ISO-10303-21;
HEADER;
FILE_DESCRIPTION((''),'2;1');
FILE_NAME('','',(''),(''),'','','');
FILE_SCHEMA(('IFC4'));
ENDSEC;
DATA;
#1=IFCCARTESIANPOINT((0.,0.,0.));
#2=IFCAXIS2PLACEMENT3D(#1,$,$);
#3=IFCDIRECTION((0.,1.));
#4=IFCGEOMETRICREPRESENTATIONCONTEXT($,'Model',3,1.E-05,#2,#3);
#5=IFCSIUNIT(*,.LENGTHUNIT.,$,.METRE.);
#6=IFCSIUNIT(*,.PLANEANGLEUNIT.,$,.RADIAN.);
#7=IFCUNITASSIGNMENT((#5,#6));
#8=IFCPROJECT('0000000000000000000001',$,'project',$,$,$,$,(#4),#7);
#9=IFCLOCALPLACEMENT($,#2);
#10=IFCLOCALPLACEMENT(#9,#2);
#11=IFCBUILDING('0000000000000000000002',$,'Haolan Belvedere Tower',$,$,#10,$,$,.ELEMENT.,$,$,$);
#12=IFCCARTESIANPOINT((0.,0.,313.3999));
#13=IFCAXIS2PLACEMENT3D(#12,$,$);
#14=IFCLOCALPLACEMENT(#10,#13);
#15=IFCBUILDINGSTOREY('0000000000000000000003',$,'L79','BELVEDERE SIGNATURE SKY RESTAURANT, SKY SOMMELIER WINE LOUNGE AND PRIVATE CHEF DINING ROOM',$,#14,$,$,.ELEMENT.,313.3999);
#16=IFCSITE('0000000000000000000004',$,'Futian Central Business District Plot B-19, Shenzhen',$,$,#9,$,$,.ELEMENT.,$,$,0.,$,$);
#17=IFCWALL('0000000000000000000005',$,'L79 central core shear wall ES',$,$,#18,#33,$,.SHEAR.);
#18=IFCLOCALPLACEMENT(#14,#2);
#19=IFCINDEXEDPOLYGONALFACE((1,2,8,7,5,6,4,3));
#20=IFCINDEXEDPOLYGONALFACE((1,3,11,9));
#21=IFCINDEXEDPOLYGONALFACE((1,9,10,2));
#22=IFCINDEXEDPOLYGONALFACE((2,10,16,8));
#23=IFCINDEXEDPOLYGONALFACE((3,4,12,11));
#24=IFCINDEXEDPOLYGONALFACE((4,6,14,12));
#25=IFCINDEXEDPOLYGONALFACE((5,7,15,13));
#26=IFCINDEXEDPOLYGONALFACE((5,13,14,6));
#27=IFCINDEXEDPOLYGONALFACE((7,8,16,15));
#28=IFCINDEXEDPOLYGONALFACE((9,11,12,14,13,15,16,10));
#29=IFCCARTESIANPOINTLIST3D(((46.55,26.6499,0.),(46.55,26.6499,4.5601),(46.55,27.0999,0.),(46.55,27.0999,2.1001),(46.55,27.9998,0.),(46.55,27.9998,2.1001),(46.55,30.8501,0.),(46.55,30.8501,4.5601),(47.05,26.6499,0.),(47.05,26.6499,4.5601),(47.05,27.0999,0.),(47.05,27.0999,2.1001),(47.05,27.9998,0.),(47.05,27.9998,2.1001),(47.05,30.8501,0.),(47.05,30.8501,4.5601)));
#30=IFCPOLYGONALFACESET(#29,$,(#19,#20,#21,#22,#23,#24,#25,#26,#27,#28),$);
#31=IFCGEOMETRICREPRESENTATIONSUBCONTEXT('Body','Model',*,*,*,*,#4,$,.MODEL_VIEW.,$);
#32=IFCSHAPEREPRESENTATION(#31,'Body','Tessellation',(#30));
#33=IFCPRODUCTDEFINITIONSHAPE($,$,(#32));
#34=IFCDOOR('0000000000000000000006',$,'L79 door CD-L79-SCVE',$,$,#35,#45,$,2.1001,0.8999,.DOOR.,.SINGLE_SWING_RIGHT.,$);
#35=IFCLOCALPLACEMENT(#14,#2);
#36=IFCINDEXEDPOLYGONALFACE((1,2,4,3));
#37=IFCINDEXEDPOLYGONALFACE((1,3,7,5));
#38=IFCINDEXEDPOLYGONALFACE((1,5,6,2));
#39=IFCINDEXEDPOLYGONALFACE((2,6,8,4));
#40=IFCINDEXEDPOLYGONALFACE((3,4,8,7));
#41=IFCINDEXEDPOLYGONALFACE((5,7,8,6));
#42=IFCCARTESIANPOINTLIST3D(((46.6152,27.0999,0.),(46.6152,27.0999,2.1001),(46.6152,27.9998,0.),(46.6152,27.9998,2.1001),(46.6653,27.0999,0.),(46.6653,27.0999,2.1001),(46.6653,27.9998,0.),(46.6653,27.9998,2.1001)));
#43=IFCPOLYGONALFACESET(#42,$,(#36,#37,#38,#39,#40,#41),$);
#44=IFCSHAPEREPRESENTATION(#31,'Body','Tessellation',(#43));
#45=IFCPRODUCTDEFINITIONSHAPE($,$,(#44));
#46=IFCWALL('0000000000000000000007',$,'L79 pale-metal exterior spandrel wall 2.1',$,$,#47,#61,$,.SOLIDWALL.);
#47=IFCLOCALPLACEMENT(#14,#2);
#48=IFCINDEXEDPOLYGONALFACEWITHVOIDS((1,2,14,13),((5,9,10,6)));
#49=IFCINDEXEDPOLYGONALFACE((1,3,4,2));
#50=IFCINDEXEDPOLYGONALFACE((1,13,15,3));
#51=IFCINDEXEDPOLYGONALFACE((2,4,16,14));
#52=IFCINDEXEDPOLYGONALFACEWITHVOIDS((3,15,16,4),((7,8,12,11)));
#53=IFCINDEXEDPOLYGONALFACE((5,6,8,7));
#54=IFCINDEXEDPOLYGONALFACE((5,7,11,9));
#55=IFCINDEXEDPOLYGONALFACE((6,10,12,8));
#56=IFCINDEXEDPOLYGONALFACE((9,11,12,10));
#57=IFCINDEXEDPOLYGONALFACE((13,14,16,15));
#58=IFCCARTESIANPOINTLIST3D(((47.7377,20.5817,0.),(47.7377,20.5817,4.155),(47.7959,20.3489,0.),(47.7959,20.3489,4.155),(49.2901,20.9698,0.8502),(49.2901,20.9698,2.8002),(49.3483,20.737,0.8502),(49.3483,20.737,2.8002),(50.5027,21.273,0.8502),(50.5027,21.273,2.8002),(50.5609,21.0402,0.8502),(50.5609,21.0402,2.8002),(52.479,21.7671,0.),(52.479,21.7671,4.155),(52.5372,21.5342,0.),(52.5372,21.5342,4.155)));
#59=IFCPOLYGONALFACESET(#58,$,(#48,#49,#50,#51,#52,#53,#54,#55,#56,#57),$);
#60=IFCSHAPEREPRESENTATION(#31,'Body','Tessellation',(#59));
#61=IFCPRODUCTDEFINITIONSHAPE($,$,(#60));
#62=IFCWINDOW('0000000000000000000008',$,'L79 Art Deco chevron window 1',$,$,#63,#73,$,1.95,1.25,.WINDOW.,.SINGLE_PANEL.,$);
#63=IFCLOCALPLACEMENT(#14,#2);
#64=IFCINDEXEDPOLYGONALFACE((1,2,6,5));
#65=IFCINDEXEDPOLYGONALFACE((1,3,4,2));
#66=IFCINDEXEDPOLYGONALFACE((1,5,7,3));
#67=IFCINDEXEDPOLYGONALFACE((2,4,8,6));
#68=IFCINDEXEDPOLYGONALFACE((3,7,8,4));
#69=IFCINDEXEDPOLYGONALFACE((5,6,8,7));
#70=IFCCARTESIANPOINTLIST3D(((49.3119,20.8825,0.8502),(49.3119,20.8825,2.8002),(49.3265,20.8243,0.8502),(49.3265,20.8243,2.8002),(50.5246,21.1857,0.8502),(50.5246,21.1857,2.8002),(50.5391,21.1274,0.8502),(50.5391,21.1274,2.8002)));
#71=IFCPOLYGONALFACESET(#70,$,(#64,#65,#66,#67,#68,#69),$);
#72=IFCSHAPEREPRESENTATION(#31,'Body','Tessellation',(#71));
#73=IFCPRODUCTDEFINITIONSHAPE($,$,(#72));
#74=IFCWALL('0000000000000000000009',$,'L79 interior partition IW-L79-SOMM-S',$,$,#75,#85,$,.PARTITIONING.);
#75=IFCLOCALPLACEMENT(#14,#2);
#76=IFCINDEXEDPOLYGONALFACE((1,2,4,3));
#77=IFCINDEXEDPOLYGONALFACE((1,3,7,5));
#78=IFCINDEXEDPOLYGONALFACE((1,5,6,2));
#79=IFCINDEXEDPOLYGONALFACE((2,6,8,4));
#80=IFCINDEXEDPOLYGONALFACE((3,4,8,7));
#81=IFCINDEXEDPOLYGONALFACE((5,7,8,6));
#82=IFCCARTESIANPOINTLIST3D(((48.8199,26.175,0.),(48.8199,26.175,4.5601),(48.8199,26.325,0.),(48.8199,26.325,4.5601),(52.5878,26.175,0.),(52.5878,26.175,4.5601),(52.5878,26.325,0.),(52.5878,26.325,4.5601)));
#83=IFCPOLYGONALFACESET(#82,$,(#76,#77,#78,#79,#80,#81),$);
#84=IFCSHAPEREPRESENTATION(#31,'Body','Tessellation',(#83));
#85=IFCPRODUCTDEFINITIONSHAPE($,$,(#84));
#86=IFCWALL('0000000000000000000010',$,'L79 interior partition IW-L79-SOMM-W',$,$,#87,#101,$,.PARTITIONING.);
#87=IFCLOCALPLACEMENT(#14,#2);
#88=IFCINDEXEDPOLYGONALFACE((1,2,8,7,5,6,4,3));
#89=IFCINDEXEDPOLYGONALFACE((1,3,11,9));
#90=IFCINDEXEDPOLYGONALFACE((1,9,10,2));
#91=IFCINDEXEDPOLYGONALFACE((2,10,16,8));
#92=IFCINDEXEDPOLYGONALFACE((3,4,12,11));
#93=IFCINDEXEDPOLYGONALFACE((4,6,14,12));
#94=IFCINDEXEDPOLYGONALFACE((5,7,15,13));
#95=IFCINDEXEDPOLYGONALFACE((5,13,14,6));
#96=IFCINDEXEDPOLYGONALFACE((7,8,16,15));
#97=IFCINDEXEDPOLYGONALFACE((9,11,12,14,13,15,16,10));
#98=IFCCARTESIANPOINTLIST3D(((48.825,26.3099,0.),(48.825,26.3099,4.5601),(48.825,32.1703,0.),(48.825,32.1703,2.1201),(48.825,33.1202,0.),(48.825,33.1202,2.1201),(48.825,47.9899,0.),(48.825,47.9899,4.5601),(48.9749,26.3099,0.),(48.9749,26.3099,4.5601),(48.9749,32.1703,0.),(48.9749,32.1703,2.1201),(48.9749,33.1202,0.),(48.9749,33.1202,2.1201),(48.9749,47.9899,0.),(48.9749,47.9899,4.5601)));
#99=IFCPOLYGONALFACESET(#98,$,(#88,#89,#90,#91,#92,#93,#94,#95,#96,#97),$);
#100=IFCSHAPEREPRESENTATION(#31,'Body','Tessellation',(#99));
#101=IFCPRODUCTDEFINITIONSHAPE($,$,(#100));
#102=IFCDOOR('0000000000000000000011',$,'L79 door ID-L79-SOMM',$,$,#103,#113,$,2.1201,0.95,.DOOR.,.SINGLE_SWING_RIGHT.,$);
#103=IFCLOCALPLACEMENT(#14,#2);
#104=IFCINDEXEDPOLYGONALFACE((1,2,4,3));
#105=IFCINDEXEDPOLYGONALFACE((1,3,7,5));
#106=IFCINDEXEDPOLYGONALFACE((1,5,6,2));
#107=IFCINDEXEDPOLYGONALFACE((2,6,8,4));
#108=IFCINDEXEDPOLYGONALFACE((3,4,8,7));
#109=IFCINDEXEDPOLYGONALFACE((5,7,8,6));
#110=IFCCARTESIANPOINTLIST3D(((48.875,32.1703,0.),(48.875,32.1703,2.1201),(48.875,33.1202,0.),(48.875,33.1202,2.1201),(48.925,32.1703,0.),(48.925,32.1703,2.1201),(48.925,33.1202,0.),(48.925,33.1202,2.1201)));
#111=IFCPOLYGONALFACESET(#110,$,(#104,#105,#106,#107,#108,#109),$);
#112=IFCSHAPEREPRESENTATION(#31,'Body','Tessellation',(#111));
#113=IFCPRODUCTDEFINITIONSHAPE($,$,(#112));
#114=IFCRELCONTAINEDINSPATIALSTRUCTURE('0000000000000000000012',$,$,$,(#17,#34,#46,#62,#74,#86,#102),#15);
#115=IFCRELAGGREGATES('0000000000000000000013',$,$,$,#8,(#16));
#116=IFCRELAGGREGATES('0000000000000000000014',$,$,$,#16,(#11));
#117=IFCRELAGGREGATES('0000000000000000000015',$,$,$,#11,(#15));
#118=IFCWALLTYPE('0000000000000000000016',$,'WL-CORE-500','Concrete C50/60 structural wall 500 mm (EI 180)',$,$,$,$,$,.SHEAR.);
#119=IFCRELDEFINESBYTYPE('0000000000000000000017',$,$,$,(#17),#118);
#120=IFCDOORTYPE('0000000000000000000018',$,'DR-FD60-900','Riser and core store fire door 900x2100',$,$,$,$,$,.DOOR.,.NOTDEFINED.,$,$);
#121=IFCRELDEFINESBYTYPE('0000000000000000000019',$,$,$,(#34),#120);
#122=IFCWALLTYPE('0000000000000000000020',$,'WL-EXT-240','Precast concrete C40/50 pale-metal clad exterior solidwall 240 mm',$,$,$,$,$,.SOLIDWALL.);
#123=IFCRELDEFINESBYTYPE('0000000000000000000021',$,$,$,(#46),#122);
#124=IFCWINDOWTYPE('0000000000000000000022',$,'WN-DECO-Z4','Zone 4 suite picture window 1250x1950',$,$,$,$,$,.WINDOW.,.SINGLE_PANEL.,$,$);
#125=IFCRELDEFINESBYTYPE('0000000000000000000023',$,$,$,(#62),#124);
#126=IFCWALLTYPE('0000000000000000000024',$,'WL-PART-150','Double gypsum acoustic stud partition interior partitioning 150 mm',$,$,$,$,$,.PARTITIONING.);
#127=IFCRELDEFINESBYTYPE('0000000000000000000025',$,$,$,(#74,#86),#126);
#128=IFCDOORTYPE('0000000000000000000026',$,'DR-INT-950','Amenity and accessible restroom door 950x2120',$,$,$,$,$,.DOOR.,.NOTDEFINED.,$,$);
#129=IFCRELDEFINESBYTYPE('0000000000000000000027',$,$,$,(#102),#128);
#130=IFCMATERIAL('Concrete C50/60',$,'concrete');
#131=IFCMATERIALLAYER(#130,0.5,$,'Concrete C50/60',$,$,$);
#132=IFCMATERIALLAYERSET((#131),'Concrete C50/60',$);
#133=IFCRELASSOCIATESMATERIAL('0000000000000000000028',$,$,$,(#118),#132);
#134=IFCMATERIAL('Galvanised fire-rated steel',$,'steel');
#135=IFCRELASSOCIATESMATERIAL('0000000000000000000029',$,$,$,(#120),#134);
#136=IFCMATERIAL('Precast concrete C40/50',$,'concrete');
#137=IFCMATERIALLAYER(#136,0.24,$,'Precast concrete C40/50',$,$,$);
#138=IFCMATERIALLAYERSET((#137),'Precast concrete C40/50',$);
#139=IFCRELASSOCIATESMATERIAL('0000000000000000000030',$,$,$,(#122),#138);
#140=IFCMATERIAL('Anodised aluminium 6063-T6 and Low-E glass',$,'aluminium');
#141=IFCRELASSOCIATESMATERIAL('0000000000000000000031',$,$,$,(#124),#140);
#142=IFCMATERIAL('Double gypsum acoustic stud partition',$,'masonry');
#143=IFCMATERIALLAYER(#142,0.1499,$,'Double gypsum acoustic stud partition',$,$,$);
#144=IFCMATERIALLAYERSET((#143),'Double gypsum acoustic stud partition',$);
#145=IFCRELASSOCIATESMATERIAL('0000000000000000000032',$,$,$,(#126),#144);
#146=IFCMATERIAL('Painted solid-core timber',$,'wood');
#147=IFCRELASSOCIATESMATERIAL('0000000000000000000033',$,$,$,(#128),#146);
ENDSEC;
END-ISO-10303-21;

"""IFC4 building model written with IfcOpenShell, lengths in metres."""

from ifc_helpers import new_model, si_unit, direction, frame, frame_2d, origin, place, context, subcontext, project, spatial, rectangle, extrude, material, layer, layer_set, type_object, element, fill, save


model = new_model("IFC4")

# Units and contexts
model_context = context("Model", 3, precision=1e-05, world=origin(), true_north=direction((0.0, 1.0)))
body_context = subcontext(model_context, "Body", "Model", "MODEL_VIEW")
ifc_project = project(units=[si_unit("LENGTHUNIT", "METRE"), si_unit("PLANEANGLEUNIT", "RADIAN")], contexts=[model_context])

# Site, building, storey
site_placement = place(None, origin())
site = spatial("IfcSite", under=ifc_project, at=site_placement, Name="Futian Central Business District Plot B-19, Shenzhen", CompositionType="ELEMENT", RefElevation=0.0)
building_placement = place(site_placement, origin())
building = spatial("IfcBuilding", under=site, at=building_placement, Name="Haolan Belvedere Tower", CompositionType="ELEMENT")
storey_placement = place(building_placement, frame((0.0, 0.0, 313.3999)))
storey = spatial("IfcBuildingStorey", under=building, at=storey_placement, Name="L79", Description="BELVEDERE SIGNATURE SKY RESTAURANT, SKY SOMMELIER WINE LOUNGE AND PRIVATE CHEF DINING ROOM", CompositionType="ELEMENT", Elevation=313.3999)

# Wall, opening, door
ifc_material_1 = material(Name="Concrete C50/60", Category="concrete")
ifc_layer_1 = layer(ifc_material_1, 0.5, Name="Concrete C50/60")
ifc_layer_set_1 = layer_set([ifc_layer_1], Name="Concrete C50/60")
wall_type_1 = type_object("IfcWallType", Name="WL-CORE-500", Description="Concrete C50/60 structural wall 500 mm (EI 180)", PredefinedType="SHEAR", material=ifc_layer_set_1)
wall_1_placement = place(storey_placement, frame((46.8, 26.6499, 0.0), z_axis=(0.0, 0.0, 1.0), x_axis=(0.0, 1.0, 0.0)))
wall_1 = element("IfcWall", 1, at=wall_1_placement, inside=storey, type_object=wall_type_1, Name="L79 central core shear wall ES", PredefinedType="SHEAR", context=body_context, shape_type="SweptSolid", body=[
    extrude(rectangle(XDim=4.2002, YDim=0.5, at=frame_2d((2.1001, 0.0))), origin(), (0.0, 0.0, 1.0), 4.5601),
])
opening_1_placement = place(wall_1_placement, frame((1.3499, 0.0, 0.0), z_axis=(0.0, 0.0, 1.0), x_axis=(-1.0, 0.0, 0.0)))
opening_1 = element("IfcOpeningElement", 2, at=opening_1_placement, cuts=wall_1, PredefinedType="OPENING", context=body_context, shape_type="SweptSolid", body=[
    extrude(rectangle(XDim=0.8999, YDim=2.1001, at=frame_2d((0.45, 1.05))), frame((0.0, 0.26, 0.0), z_axis=(0.0, -1.0, 0.0), x_axis=(1.0, 0.0, 0.0)), (0.0, 0.0, 1.0), 0.52),
])
ifc_material_2 = material(Name="Galvanised fire-rated steel", Category="steel")
door_type_1 = type_object("IfcDoorType", Name="DR-FD60-900", Description="Riser and core store fire door 900x2100", OperationType="NOTDEFINED", PredefinedType="DOOR", material=ifc_material_2)
door_1_placement = place(opening_1_placement, origin())
door_1 = element("IfcDoor", 3, at=door_1_placement, inside=storey, type_object=door_type_1, Name="L79 door CD-L79-SCVE", OperationType="SINGLE_SWING_RIGHT", OverallHeight=2.1001, OverallWidth=0.8999, PredefinedType="DOOR", context=body_context, shape_type="SweptSolid", body=[
    extrude(rectangle(XDim=0.8999, YDim=2.1001, at=frame_2d((0.45, 1.05))), frame((0.0, -0.1348, 0.0), z_axis=(0.0, -1.0, 0.0), x_axis=(1.0, 0.0, 0.0)), (0.0, 0.0, 1.0), 0.05),
])
fill(opening_1, door_1)

# Wall, opening, window
ifc_material_3 = material(Name="Precast concrete C40/50", Category="concrete")
ifc_layer_2 = layer(ifc_material_3, 0.24, Name="Precast concrete C40/50")
ifc_layer_set_2 = layer_set([ifc_layer_2], Name="Precast concrete C40/50")
wall_type_2 = type_object("IfcWallType", Name="WL-EXT-240", Description="Precast concrete C40/50 pale-metal clad exterior solidwall 240 mm", PredefinedType="SOLIDWALL", material=ifc_layer_set_2)
wall_2_placement = place(storey_placement, frame((47.7668, 20.4653, 0.0), z_axis=(0.0, 0.0, 1.0), x_axis=(0.970143, 0.242536, 0.0)))
wall_2 = element("IfcWall", 4, at=wall_2_placement, inside=storey, type_object=wall_type_2, Name="L79 pale-metal exterior spandrel wall 2.1", PredefinedType="SOLIDWALL", context=body_context, shape_type="SweptSolid", body=[
    extrude(rectangle(XDim=4.8872, YDim=0.24, at=frame_2d((2.4436, 0.0))), origin(), (0.0, 0.0, 1.0), 4.155),
])
opening_2_placement = place(wall_2_placement, frame((1.6001, 0.0, 0.8501)))
opening_2 = element("IfcOpeningElement", 5, at=opening_2_placement, cuts=wall_2, PredefinedType="OPENING", context=body_context, shape_type="SweptSolid", body=[
    extrude(rectangle(XDim=1.25, YDim=1.95, at=frame_2d((0.625, 0.9751))), frame((0.0, 0.1299, 0.0), z_axis=(0.0, -1.0, 0.0), x_axis=(1.0, 0.0, 0.0)), (0.0, 0.0, 1.0), 0.26),
])
ifc_material_4 = material(Name="Anodised aluminium 6063-T6 and Low-E glass", Category="aluminium")
window_type = type_object("IfcWindowType", Name="WN-DECO-Z4", Description="Zone 4 suite picture window 1250x1950", PartitioningType="SINGLE_PANEL", PredefinedType="WINDOW", material=ifc_material_4)
window_placement = place(opening_2_placement, origin())
window = element("IfcWindow", 6, at=window_placement, inside=storey, type_object=window_type, Name="L79 Art Deco chevron window 1", OverallHeight=1.95, OverallWidth=1.25, PartitioningType="SINGLE_PANEL", PredefinedType="WINDOW", context=body_context, shape_type="SweptSolid", body=[
    extrude(rectangle(XDim=1.25, YDim=1.95, at=frame_2d((0.625, 0.9751))), frame((0.0, 0.03, 0.0), z_axis=(0.0, -1.0, 0.0), x_axis=(1.0, 0.0, 0.0)), (0.0, 0.0, 1.0), 0.0601),
])
fill(opening_2, window)

# Wall
ifc_material_5 = material(Name="Double gypsum acoustic stud partition", Category="masonry")
ifc_layer_3 = layer(ifc_material_5, 0.1499, Name="Double gypsum acoustic stud partition")
ifc_layer_set_3 = layer_set([ifc_layer_3], Name="Double gypsum acoustic stud partition")
wall_type_3 = type_object("IfcWallType", Name="WL-PART-150", Description="Double gypsum acoustic stud partition interior partitioning 150 mm", PredefinedType="PARTITIONING", material=ifc_layer_set_3)
wall_3_placement = place(storey_placement, frame((48.8201, 26.25, 0.0), z_axis=(0.0, 0.0, 1.0), x_axis=(1.0, 0.0, 0.0)))
element("IfcWall", 7, at=wall_3_placement, inside=storey, type_object=wall_type_3, Name="L79 interior partition IW-L79-SOMM-S", PredefinedType="PARTITIONING", context=body_context, shape_type="SweptSolid", body=[
    extrude(rectangle(XDim=3.7678, YDim=0.1499, at=frame_2d((1.8838, 0.0))), origin(), (0.0, 0.0, 1.0), 4.5601),
])

# Wall, opening, door
wall_4_placement = place(storey_placement, frame((48.8999, 26.3101, 0.0), z_axis=(0.0, 0.0, 1.0), x_axis=(0.0, 1.0, 0.0)))
wall_4 = element("IfcWall", 8, at=wall_4_placement, inside=storey, type_object=wall_type_3, Name="L79 interior partition IW-L79-SOMM-W", PredefinedType="PARTITIONING", context=body_context, shape_type="SweptSolid", body=[
    extrude(rectangle(XDim=21.6799, YDim=0.1499, at=frame_2d((10.8398, 0.0))), origin(), (0.0, 0.0, 1.0), 4.5601),
])
opening_3_placement = place(wall_4_placement, frame((5.8601, 0.0, 0.0)))
opening_3 = element("IfcOpeningElement", 9, at=opening_3_placement, cuts=wall_4, PredefinedType="OPENING", context=body_context, shape_type="SweptSolid", body=[
    extrude(rectangle(XDim=0.95, YDim=2.1201, at=frame_2d((0.4751, 1.0601))), frame((0.0, 0.085, 0.0), z_axis=(0.0, -1.0, 0.0), x_axis=(1.0, 0.0, 0.0)), (0.0, 0.0, 1.0), 0.1699),
])
ifc_material_6 = material(Name="Painted solid-core timber", Category="wood")
door_type_2 = type_object("IfcDoorType", Name="DR-INT-950", Description="Amenity and accessible restroom door 950x2120", OperationType="NOTDEFINED", PredefinedType="DOOR", material=ifc_material_6)
door_2_placement = place(opening_3_placement, origin())
door_2 = element("IfcDoor", 10, at=door_2_placement, inside=storey, type_object=door_type_2, Name="L79 door ID-L79-SOMM", OperationType="SINGLE_SWING_RIGHT", OverallHeight=2.1201, OverallWidth=0.95, PredefinedType="DOOR", context=body_context, shape_type="SweptSolid", body=[
    extrude(rectangle(XDim=0.95, YDim=2.1201, at=frame_2d((0.4751, 1.0601))), frame((0.0, 0.0249, 0.0), z_axis=(0.0, -1.0, 0.0), x_axis=(1.0, 0.0, 0.0)), (0.0, 0.0, 1.0), 0.05),
])
fill(opening_3, door_2)

save(model, "model.ifc")
